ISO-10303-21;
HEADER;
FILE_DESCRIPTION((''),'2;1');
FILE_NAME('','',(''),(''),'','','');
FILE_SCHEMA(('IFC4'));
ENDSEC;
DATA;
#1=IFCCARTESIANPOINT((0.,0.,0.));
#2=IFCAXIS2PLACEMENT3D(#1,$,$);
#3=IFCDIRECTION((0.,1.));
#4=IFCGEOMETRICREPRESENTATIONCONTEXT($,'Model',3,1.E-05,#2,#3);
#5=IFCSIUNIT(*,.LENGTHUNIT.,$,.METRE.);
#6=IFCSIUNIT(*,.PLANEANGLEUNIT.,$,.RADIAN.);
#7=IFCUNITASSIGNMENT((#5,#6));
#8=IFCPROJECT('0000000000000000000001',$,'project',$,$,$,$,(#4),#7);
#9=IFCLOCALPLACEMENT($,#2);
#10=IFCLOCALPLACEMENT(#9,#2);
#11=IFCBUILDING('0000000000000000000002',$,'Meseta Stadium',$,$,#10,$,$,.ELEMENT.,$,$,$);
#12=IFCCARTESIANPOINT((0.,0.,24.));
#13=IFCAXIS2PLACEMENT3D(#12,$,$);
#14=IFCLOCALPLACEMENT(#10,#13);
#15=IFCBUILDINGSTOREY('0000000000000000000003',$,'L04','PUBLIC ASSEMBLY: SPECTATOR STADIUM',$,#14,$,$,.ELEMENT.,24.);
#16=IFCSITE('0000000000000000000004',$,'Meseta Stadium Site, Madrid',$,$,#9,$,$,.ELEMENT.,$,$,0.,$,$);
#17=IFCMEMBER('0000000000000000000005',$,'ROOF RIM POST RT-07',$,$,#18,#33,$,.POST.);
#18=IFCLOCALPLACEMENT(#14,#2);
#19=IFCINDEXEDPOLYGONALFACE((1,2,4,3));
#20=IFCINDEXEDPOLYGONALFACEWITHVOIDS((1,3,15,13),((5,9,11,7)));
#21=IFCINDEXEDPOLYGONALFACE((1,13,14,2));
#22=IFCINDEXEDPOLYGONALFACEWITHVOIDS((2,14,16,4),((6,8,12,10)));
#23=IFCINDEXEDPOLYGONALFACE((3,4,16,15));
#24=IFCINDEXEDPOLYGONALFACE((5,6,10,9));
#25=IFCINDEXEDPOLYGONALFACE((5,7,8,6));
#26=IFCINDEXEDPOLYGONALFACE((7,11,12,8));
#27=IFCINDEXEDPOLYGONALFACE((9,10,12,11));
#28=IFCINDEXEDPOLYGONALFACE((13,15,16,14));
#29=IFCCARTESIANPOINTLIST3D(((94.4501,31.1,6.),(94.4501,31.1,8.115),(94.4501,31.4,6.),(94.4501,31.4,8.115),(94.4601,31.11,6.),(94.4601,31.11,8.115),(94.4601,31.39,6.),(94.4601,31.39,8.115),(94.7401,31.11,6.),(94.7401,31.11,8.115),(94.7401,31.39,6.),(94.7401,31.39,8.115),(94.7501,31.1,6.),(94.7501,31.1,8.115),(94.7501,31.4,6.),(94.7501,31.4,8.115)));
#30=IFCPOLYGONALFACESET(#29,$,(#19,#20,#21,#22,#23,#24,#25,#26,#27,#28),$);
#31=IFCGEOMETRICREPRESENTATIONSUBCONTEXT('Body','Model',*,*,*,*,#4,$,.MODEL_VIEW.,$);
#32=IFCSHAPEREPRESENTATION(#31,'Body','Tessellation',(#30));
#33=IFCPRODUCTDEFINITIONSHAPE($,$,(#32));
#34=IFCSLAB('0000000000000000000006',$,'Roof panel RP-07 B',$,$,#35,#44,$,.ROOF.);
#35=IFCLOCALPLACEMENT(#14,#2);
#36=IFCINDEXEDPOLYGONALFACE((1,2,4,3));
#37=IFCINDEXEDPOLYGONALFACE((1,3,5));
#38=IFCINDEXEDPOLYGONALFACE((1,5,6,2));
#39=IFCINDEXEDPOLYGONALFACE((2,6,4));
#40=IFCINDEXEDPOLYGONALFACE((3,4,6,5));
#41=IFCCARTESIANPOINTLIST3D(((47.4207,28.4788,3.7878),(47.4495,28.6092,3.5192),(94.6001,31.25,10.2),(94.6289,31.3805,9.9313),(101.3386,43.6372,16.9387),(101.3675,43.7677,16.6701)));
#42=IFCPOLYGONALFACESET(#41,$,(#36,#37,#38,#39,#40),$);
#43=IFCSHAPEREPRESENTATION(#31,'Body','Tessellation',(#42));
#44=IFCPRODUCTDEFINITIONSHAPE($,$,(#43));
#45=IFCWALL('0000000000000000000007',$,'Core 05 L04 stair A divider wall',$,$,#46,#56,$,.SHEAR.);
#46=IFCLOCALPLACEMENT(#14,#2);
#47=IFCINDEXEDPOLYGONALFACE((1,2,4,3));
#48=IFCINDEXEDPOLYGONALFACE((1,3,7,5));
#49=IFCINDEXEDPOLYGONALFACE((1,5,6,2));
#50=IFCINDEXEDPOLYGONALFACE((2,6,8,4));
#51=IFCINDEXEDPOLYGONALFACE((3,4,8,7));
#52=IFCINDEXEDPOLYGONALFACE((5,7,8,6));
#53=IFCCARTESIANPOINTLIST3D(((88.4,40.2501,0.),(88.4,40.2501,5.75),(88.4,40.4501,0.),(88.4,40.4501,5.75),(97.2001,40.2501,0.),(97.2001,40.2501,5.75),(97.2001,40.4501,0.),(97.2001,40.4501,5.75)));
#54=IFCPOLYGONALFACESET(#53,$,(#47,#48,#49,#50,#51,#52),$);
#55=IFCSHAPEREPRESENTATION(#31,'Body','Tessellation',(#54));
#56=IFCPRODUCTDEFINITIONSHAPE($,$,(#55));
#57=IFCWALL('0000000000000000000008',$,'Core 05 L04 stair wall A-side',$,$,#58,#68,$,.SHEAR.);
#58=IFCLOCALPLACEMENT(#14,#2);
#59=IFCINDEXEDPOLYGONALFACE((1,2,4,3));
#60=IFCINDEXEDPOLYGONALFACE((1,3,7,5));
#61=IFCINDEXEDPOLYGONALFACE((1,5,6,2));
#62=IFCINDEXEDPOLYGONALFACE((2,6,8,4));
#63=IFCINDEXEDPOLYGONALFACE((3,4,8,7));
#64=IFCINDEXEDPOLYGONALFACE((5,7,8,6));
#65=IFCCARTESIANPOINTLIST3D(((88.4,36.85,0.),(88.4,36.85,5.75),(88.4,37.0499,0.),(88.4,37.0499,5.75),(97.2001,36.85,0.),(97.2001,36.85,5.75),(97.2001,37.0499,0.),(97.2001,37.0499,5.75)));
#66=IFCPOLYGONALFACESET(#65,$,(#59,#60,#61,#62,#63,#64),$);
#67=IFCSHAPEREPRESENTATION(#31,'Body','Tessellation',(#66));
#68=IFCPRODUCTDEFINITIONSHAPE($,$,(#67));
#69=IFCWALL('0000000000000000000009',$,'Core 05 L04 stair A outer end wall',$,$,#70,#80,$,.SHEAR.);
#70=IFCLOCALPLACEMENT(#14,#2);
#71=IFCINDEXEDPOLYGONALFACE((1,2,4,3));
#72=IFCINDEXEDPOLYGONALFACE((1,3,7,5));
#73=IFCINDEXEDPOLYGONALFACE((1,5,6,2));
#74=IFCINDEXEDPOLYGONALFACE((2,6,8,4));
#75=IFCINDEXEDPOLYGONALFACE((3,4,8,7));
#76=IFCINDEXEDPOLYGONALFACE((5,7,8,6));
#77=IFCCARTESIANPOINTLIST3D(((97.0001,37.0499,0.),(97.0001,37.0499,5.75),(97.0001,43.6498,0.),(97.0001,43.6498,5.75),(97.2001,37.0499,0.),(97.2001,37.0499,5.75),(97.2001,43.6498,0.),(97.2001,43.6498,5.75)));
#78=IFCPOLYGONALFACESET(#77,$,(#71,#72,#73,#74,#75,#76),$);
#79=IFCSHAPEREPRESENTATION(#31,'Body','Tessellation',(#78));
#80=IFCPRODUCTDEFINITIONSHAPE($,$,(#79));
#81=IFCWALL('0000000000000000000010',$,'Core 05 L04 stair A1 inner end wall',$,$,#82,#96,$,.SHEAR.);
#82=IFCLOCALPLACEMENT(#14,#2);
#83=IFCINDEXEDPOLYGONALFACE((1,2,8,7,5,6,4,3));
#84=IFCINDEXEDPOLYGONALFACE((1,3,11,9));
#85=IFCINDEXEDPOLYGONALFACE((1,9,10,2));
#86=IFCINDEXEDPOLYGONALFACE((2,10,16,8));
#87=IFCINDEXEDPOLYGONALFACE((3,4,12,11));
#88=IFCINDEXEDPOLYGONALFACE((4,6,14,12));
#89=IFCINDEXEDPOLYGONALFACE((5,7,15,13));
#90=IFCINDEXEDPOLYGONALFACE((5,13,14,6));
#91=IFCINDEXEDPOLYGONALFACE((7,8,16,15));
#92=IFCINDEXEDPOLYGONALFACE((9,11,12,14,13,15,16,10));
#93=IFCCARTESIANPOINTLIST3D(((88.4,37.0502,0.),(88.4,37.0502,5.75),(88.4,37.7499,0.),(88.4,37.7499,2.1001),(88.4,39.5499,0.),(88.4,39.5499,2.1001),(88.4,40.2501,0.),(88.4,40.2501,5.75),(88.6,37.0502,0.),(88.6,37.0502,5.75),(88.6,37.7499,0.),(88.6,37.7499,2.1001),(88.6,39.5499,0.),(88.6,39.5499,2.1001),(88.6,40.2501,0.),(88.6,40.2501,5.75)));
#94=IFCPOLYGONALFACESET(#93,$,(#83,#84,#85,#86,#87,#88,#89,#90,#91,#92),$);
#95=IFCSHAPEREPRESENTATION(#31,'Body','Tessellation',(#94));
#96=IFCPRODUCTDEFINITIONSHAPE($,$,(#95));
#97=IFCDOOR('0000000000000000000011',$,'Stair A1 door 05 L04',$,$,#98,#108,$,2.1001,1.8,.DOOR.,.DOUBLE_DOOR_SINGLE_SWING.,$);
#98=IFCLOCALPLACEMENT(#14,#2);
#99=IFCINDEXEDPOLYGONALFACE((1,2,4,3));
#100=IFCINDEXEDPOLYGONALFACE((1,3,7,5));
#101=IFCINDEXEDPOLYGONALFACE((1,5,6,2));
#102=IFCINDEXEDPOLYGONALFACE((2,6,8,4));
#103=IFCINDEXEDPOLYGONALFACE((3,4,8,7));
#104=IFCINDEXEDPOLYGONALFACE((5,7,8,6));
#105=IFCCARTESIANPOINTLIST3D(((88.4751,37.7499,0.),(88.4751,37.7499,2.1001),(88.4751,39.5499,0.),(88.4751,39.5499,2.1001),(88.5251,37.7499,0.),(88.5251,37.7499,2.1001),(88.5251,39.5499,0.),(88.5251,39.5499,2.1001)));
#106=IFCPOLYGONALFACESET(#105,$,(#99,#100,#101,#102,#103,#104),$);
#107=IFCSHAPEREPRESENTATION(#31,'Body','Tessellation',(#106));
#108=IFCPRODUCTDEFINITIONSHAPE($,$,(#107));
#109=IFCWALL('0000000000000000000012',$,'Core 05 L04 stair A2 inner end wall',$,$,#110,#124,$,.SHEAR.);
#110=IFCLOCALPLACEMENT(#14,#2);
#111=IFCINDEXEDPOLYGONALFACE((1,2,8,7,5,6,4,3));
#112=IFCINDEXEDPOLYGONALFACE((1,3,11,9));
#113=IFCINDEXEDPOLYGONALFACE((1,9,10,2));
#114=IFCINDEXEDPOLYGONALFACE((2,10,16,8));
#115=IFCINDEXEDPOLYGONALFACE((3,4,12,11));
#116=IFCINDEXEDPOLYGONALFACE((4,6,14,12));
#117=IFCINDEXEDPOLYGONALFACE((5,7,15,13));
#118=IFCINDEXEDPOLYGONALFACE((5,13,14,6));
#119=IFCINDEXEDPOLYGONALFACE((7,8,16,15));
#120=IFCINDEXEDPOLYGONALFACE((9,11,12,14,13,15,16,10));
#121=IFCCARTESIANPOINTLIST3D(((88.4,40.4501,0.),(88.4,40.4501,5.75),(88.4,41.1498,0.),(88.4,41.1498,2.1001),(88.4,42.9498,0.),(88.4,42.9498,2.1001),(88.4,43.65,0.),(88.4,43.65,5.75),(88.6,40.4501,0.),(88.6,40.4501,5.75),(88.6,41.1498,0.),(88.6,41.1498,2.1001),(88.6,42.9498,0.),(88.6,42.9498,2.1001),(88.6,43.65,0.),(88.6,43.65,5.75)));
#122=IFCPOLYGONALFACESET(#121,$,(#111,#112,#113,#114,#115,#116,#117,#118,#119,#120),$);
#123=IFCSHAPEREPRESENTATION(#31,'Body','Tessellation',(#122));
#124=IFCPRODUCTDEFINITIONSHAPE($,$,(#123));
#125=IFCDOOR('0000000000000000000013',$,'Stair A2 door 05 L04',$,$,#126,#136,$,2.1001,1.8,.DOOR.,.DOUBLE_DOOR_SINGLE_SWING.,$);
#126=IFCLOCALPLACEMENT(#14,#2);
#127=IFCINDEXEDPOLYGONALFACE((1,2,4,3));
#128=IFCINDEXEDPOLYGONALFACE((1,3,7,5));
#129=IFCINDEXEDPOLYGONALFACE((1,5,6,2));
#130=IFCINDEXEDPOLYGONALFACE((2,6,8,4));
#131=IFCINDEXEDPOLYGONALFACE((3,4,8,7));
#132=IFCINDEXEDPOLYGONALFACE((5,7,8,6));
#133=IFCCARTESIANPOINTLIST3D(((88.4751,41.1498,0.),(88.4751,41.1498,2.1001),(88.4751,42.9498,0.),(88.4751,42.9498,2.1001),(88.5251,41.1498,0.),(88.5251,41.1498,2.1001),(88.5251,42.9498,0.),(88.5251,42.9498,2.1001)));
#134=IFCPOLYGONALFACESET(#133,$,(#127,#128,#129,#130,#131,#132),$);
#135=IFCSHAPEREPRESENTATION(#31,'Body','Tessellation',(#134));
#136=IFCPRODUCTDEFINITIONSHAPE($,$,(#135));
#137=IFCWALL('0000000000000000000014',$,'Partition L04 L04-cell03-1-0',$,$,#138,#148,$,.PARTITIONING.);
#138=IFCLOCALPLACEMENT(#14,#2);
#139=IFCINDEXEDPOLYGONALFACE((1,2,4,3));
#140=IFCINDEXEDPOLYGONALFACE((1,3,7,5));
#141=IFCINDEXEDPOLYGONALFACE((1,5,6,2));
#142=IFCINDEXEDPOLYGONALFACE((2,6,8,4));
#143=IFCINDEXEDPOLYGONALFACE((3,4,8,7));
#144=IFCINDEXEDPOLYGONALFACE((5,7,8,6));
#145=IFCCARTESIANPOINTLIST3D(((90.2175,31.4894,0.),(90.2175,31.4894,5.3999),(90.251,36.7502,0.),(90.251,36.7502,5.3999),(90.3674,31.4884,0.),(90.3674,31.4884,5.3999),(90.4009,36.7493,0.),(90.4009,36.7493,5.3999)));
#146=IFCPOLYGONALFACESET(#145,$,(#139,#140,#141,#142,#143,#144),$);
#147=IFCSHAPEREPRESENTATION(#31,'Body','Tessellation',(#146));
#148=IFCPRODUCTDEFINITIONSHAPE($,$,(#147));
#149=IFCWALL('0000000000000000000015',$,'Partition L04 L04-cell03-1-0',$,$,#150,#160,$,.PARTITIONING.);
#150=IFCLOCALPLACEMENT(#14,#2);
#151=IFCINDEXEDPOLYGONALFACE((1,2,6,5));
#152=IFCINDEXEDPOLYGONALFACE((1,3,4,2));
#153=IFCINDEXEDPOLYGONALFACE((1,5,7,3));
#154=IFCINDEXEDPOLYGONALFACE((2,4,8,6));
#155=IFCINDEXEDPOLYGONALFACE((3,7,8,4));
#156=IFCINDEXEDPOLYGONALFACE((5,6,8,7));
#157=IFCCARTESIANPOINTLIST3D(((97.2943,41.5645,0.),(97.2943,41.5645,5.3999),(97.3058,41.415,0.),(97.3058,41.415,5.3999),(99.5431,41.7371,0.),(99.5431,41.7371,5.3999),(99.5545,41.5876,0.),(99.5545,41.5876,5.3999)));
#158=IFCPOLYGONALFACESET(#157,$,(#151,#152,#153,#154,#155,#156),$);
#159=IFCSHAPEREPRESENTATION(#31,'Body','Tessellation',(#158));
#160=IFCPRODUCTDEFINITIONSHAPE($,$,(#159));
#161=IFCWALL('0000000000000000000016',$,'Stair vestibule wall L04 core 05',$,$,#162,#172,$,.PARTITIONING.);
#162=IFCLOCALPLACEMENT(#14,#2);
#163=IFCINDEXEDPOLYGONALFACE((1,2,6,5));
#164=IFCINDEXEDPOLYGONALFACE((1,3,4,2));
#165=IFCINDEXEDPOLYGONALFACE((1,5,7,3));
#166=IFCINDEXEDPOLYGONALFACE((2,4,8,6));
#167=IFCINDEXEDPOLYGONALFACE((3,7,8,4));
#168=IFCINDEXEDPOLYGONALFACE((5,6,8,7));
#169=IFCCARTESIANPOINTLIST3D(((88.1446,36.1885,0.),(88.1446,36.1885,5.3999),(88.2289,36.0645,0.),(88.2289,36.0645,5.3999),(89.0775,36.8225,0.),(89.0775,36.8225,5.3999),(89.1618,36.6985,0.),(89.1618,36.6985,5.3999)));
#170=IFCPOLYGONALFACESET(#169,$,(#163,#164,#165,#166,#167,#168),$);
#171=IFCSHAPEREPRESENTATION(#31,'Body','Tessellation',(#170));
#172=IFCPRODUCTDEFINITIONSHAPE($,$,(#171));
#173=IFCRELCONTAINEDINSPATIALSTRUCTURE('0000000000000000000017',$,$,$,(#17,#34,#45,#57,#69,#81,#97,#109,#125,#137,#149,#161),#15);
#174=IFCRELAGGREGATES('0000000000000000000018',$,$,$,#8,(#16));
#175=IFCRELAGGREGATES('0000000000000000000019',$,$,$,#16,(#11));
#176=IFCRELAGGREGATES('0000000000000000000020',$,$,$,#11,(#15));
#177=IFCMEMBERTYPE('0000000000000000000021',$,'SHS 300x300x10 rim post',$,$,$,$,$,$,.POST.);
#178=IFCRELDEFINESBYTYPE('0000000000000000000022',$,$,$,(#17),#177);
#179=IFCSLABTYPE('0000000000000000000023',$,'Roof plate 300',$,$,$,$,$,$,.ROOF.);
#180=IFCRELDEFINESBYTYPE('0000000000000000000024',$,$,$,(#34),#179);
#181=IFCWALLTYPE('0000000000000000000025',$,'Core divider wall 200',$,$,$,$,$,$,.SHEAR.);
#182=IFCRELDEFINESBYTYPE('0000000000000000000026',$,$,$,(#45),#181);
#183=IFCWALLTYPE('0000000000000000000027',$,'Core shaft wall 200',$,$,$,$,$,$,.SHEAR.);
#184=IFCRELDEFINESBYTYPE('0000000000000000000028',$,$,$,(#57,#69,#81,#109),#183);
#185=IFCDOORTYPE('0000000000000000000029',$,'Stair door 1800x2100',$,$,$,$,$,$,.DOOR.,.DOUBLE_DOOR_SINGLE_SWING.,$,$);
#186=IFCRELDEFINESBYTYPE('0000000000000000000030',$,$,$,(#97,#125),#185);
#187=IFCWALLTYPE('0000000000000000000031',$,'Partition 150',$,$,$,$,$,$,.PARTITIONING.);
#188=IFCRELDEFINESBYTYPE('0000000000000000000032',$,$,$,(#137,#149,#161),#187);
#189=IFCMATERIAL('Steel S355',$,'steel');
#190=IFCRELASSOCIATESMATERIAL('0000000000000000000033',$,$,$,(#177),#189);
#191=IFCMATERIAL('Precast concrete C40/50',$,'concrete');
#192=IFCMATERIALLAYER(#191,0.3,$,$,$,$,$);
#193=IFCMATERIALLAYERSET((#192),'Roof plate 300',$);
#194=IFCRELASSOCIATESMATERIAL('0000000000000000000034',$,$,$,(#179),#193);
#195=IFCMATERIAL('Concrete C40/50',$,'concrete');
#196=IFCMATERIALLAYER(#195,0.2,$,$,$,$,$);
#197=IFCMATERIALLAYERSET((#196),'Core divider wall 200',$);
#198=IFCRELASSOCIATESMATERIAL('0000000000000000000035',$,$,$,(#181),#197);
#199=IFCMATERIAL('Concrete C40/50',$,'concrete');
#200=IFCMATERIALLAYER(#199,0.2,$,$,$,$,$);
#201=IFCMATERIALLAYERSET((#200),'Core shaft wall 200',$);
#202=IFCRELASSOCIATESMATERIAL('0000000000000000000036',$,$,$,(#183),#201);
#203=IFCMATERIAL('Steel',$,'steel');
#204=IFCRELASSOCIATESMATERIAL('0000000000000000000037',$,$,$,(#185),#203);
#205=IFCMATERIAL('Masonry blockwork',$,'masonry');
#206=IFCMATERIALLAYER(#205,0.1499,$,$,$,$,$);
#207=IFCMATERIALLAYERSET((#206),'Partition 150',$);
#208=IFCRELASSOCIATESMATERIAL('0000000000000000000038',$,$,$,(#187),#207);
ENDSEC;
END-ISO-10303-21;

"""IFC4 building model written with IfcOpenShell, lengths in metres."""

from ifc_helpers import new_model, si_unit, direction, frame, frame_2d, origin, origin_2d, place, context, subcontext, project, spatial, polyline, rectangle, hollow_rectangle, outline, extrude, material, layer, layer_set, material_profile, profile_set, type_object, element, fill, save


model = new_model("IFC4")

# Units and contexts
model_context = context("Model", 3, precision=1e-05, world=origin(), true_north=direction((0.0, 1.0)))
body_context = subcontext(model_context, "Body", "Model", "MODEL_VIEW")
ifc_project = project(units=[si_unit("LENGTHUNIT", "METRE"), si_unit("PLANEANGLEUNIT", "RADIAN")], contexts=[model_context])

# Site, building, storey
site_placement = place(None, origin())
site = spatial("IfcSite", under=ifc_project, at=site_placement, Name="Meseta Stadium Site, Madrid", CompositionType="ELEMENT", RefElevation=0.0)
building_placement = place(site_placement, origin())
building = spatial("IfcBuilding", under=site, at=building_placement, Name="Meseta Stadium", CompositionType="ELEMENT")
storey_placement = place(building_placement, frame((0.0, 0.0, 24.0)))
storey = spatial("IfcBuildingStorey", under=building, at=storey_placement, Name="L04", Description="PUBLIC ASSEMBLY: SPECTATOR STADIUM", CompositionType="ELEMENT", Elevation=24.0)

# Member
ifc_material_1 = material(Name="Steel S355", Category="steel")
ifc_material_profile_1 = material_profile(ifc_material_1, hollow_rectangle(XDim=0.3, YDim=0.3, WallThickness=0.01, at=origin_2d()), Name="SHS 300x300x10")
ifc_profile_set_1 = profile_set([ifc_material_profile_1], Name="Steel S355")
member_type = type_object("IfcMemberType", Name="SHS 300x300x10 rim post", PredefinedType="POST", material=ifc_profile_set_1)
member_placement = place(storey_placement, frame((94.6001, 31.25, 6.0), z_axis=(0.0, 0.0, 1.0), x_axis=(1.0, 0.0, 0.0)))
element("IfcMember", 1, at=member_placement, inside=storey, type_object=member_type, Name="ROOF RIM POST RT-07", PredefinedType="POST", context=body_context, shape_type="SweptSolid", body=[
    extrude(hollow_rectangle(XDim=0.3, YDim=0.3, WallThickness=0.01, at=origin_2d()), origin(), (0.0, 0.0, 1.0), 2.115),
])

# Slab
ifc_material_2 = material(Name="Precast concrete C40/50", Category="concrete")
ifc_layer_1 = layer(ifc_material_2, 0.3)
ifc_layer_set_1 = layer_set([ifc_layer_1], Name="Roof plate 300")
slab_type = type_object("IfcSlabType", Name="Roof plate 300", PredefinedType="ROOF", material=ifc_layer_set_1)
slab_placement = place(storey_placement, frame((94.6001, 31.25, 10.2), z_axis=(-0.096152, -0.434792, 0.895383), x_axis=(-0.989216, -0.058105, -0.134443)))
element("IfcSlab", 2, at=slab_placement, inside=storey, type_object=slab_type, Name="Roof panel RP-07 B", PredefinedType="ROOF", context=body_context, shape_type="SweptSolid", body=[
    extrude(outline(polyline([(0.0, 0.0), (47.6938, 0.0), (-8.2916, -13.2481), (0.0, 0.0)])), origin(), (0.0, 0.0, -1.0), 0.3),
])

# Walls
ifc_material_3 = material(Name="Concrete C40/50", Category="concrete")
ifc_layer_2 = layer(ifc_material_3, 0.2)
ifc_layer_set_2 = layer_set([ifc_layer_2], Name="Core divider wall 200")
wall_type_1 = type_object("IfcWallType", Name="Core divider wall 200", PredefinedType="SHEAR", material=ifc_layer_set_2)
wall_1_placement = place(storey_placement, frame((97.2, 40.3501, 0.0), z_axis=(0.0, 0.0, 1.0), x_axis=(-1.0, 0.0, 0.0)))
element("IfcWall", 3, at=wall_1_placement, inside=storey, type_object=wall_type_1, Name="Core 05 L04 stair A divider wall", PredefinedType="SHEAR", context=body_context, shape_type="SweptSolid", body=[
    extrude(rectangle(XDim=8.8, YDim=0.2, at=frame_2d((4.3999, 0.0))), origin(), (0.0, 0.0, 1.0), 5.75),
])
ifc_material_4 = material(Name="Concrete C40/50", Category="concrete")
ifc_layer_3 = layer(ifc_material_4, 0.2)
ifc_layer_set_3 = layer_set([ifc_layer_3], Name="Core shaft wall 200")
wall_type_2 = type_object("IfcWallType", Name="Core shaft wall 200", PredefinedType="SHEAR", material=ifc_layer_set_3)
wall_2_placement = place(storey_placement, frame((97.2, 36.95, 0.0), z_axis=(0.0, 0.0, 1.0), x_axis=(-1.0, 0.0, 0.0)))
element("IfcWall", 4, at=wall_2_placement, inside=storey, type_object=wall_type_2, Name="Core 05 L04 stair wall A-side", PredefinedType="SHEAR", context=body_context, shape_type="SweptSolid", body=[
    extrude(rectangle(XDim=8.8, YDim=0.2, at=frame_2d((4.3999, 0.0))), origin(), (0.0, 0.0, 1.0), 5.75),
])
wall_3_placement = place(storey_placement, frame((97.1001, 37.05, 0.0), z_axis=(0.0, 0.0, 1.0), x_axis=(0.0, 1.0, 0.0)))
element("IfcWall", 5, at=wall_3_placement, inside=storey, type_object=wall_type_2, Name="Core 05 L04 stair A outer end wall", PredefinedType="SHEAR", context=body_context, shape_type="SweptSolid", body=[
    extrude(rectangle(XDim=6.5999, YDim=0.2, at=frame_2d((3.2998, 0.0))), origin(), (0.0, 0.0, 1.0), 5.75),
])

# Walls, openings, doors
wall_4_placement = place(storey_placement, frame((88.5, 37.05, 0.0), z_axis=(0.0, 0.0, 1.0), x_axis=(0.0, 1.0, 0.0)))
wall_4 = element("IfcWall", 6, at=wall_4_placement, inside=storey, type_object=wall_type_2, Name="Core 05 L04 stair A1 inner end wall", PredefinedType="SHEAR", context=body_context, shape_type="SweptSolid", body=[
    extrude(rectangle(XDim=3.2, YDim=0.2, at=frame_2d((1.6001, 0.0))), origin(), (0.0, 0.0, 1.0), 5.75),
])
opening_1_placement = place(wall_4_placement, frame((0.7, 0.0, 0.0)))
opening_1 = element("IfcOpeningElement", 7, at=opening_1_placement, cuts=wall_4, PredefinedType="OPENING", context=body_context, shape_type="SweptSolid", body=[
    extrude(rectangle(XDim=1.8, YDim=2.1001, at=frame_2d((0.8999, 1.05))), frame((0.0, 0.1099, 0.0), z_axis=(0.0, -1.0, 0.0), x_axis=(1.0, 0.0, 0.0)), (0.0, 0.0, 1.0), 0.22),
])
ifc_material_5 = material(Name="Steel", Category="steel")
door_type = type_object("IfcDoorType", Name="Stair door 1800x2100", OperationType="DOUBLE_DOOR_SINGLE_SWING", PredefinedType="DOOR", material=ifc_material_5)
door_1_placement = place(opening_1_placement, origin())
door_1 = element("IfcDoor", 8, at=door_1_placement, inside=storey, type_object=door_type, Name="Stair A1 door 05 L04", OperationType="DOUBLE_DOOR_SINGLE_SWING", OverallHeight=2.1001, OverallWidth=1.8, PredefinedType="DOOR", context=body_context, shape_type="SweptSolid", body=[
    extrude(rectangle(XDim=1.8, YDim=2.1001, at=frame_2d((0.8999, 1.05))), frame((0.0, 0.0249, 0.0), z_axis=(0.0, -1.0, 0.0), x_axis=(1.0, 0.0, 0.0)), (0.0, 0.0, 1.0), 0.05),
])
fill(opening_1, door_1)
wall_5_placement = place(storey_placement, frame((88.5, 40.45, 0.0), z_axis=(0.0, 0.0, 1.0), x_axis=(0.0, 1.0, 0.0)))
wall_5 = element("IfcWall", 9, at=wall_5_placement, inside=storey, type_object=wall_type_2, Name="Core 05 L04 stair A2 inner end wall", PredefinedType="SHEAR", context=body_context, shape_type="SweptSolid", body=[
    extrude(rectangle(XDim=3.2, YDim=0.2, at=frame_2d((1.6001, 0.0))), origin(), (0.0, 0.0, 1.0), 5.75),
])
opening_2_placement = place(wall_5_placement, frame((0.7, 0.0, 0.0)))
opening_2 = element("IfcOpeningElement", 10, at=opening_2_placement, cuts=wall_5, PredefinedType="OPENING", context=body_context, shape_type="SweptSolid", body=[
    extrude(rectangle(XDim=1.8, YDim=2.1001, at=frame_2d((0.8999, 1.05))), frame((0.0, 0.1099, 0.0), z_axis=(0.0, -1.0, 0.0), x_axis=(1.0, 0.0, 0.0)), (0.0, 0.0, 1.0), 0.22),
])
door_2_placement = place(opening_2_placement, origin())
door_2 = element("IfcDoor", 11, at=door_2_placement, inside=storey, type_object=door_type, Name="Stair A2 door 05 L04", OperationType="DOUBLE_DOOR_SINGLE_SWING", OverallHeight=2.1001, OverallWidth=1.8, PredefinedType="DOOR", context=body_context, shape_type="SweptSolid", body=[
    extrude(rectangle(XDim=1.8, YDim=2.1001, at=frame_2d((0.8999, 1.05))), frame((0.0, 0.0249, 0.0), z_axis=(0.0, -1.0, 0.0), x_axis=(1.0, 0.0, 0.0)), (0.0, 0.0, 1.0), 0.05),
])
fill(opening_2, door_2)

# Walls
ifc_material_6 = material(Name="Masonry blockwork", Category="masonry")
ifc_layer_4 = layer(ifc_material_6, 0.1499)
ifc_layer_set_4 = layer_set([ifc_layer_4], Name="Partition 150")
wall_type_3 = type_object("IfcWallType", Name="Partition 150", PredefinedType="PARTITIONING", material=ifc_layer_set_4)
wall_6_placement = place(storey_placement, frame((90.2925, 31.489, 0.0), z_axis=(0.0, 0.0, 1.0), x_axis=(0.006357, 0.99998, 0.0)))
element("IfcWall", 12, at=wall_6_placement, inside=storey, type_object=wall_type_3, Name="Partition L04 L04-cell03-1-0", PredefinedType="PARTITIONING", context=body_context, shape_type="SweptSolid", body=[
    extrude(rectangle(XDim=5.261, YDim=0.1499, at=frame_2d((2.6304, 0.0))), origin(), (0.0, 0.0, 1.0), 5.3999),
])
wall_7_placement = place(storey_placement, frame((97.3, 41.4897, 0.0), z_axis=(0.0, 0.0, 1.0), x_axis=(0.997067, 0.076531, 0.0)))
element("IfcWall", 13, at=wall_7_placement, inside=storey, type_object=wall_type_3, Name="Partition L04 L04-cell03-1-0", PredefinedType="PARTITIONING", context=body_context, shape_type="SweptSolid", body=[
    extrude(rectangle(XDim=2.2554, YDim=0.1499, at=frame_2d((1.1277, 0.0))), origin(), (0.0, 0.0, 1.0), 5.3999),
])
wall_8_placement = place(storey_placement, frame((88.1868, 36.1265, 0.0), z_axis=(0.0, 0.0, 1.0), x_axis=(0.827055, 0.562121, 0.0)))
element("IfcWall", 14, at=wall_8_placement, inside=storey, type_object=wall_type_3, Name="Stair vestibule wall L04 core 05", PredefinedType="PARTITIONING", context=body_context, shape_type="SweptSolid", body=[
    extrude(rectangle(XDim=1.1279, YDim=0.1499, at=frame_2d((0.564, 0.0))), origin(), (0.0, 0.0, 1.0), 5.3999),
])

save(model, "model.ifc")
